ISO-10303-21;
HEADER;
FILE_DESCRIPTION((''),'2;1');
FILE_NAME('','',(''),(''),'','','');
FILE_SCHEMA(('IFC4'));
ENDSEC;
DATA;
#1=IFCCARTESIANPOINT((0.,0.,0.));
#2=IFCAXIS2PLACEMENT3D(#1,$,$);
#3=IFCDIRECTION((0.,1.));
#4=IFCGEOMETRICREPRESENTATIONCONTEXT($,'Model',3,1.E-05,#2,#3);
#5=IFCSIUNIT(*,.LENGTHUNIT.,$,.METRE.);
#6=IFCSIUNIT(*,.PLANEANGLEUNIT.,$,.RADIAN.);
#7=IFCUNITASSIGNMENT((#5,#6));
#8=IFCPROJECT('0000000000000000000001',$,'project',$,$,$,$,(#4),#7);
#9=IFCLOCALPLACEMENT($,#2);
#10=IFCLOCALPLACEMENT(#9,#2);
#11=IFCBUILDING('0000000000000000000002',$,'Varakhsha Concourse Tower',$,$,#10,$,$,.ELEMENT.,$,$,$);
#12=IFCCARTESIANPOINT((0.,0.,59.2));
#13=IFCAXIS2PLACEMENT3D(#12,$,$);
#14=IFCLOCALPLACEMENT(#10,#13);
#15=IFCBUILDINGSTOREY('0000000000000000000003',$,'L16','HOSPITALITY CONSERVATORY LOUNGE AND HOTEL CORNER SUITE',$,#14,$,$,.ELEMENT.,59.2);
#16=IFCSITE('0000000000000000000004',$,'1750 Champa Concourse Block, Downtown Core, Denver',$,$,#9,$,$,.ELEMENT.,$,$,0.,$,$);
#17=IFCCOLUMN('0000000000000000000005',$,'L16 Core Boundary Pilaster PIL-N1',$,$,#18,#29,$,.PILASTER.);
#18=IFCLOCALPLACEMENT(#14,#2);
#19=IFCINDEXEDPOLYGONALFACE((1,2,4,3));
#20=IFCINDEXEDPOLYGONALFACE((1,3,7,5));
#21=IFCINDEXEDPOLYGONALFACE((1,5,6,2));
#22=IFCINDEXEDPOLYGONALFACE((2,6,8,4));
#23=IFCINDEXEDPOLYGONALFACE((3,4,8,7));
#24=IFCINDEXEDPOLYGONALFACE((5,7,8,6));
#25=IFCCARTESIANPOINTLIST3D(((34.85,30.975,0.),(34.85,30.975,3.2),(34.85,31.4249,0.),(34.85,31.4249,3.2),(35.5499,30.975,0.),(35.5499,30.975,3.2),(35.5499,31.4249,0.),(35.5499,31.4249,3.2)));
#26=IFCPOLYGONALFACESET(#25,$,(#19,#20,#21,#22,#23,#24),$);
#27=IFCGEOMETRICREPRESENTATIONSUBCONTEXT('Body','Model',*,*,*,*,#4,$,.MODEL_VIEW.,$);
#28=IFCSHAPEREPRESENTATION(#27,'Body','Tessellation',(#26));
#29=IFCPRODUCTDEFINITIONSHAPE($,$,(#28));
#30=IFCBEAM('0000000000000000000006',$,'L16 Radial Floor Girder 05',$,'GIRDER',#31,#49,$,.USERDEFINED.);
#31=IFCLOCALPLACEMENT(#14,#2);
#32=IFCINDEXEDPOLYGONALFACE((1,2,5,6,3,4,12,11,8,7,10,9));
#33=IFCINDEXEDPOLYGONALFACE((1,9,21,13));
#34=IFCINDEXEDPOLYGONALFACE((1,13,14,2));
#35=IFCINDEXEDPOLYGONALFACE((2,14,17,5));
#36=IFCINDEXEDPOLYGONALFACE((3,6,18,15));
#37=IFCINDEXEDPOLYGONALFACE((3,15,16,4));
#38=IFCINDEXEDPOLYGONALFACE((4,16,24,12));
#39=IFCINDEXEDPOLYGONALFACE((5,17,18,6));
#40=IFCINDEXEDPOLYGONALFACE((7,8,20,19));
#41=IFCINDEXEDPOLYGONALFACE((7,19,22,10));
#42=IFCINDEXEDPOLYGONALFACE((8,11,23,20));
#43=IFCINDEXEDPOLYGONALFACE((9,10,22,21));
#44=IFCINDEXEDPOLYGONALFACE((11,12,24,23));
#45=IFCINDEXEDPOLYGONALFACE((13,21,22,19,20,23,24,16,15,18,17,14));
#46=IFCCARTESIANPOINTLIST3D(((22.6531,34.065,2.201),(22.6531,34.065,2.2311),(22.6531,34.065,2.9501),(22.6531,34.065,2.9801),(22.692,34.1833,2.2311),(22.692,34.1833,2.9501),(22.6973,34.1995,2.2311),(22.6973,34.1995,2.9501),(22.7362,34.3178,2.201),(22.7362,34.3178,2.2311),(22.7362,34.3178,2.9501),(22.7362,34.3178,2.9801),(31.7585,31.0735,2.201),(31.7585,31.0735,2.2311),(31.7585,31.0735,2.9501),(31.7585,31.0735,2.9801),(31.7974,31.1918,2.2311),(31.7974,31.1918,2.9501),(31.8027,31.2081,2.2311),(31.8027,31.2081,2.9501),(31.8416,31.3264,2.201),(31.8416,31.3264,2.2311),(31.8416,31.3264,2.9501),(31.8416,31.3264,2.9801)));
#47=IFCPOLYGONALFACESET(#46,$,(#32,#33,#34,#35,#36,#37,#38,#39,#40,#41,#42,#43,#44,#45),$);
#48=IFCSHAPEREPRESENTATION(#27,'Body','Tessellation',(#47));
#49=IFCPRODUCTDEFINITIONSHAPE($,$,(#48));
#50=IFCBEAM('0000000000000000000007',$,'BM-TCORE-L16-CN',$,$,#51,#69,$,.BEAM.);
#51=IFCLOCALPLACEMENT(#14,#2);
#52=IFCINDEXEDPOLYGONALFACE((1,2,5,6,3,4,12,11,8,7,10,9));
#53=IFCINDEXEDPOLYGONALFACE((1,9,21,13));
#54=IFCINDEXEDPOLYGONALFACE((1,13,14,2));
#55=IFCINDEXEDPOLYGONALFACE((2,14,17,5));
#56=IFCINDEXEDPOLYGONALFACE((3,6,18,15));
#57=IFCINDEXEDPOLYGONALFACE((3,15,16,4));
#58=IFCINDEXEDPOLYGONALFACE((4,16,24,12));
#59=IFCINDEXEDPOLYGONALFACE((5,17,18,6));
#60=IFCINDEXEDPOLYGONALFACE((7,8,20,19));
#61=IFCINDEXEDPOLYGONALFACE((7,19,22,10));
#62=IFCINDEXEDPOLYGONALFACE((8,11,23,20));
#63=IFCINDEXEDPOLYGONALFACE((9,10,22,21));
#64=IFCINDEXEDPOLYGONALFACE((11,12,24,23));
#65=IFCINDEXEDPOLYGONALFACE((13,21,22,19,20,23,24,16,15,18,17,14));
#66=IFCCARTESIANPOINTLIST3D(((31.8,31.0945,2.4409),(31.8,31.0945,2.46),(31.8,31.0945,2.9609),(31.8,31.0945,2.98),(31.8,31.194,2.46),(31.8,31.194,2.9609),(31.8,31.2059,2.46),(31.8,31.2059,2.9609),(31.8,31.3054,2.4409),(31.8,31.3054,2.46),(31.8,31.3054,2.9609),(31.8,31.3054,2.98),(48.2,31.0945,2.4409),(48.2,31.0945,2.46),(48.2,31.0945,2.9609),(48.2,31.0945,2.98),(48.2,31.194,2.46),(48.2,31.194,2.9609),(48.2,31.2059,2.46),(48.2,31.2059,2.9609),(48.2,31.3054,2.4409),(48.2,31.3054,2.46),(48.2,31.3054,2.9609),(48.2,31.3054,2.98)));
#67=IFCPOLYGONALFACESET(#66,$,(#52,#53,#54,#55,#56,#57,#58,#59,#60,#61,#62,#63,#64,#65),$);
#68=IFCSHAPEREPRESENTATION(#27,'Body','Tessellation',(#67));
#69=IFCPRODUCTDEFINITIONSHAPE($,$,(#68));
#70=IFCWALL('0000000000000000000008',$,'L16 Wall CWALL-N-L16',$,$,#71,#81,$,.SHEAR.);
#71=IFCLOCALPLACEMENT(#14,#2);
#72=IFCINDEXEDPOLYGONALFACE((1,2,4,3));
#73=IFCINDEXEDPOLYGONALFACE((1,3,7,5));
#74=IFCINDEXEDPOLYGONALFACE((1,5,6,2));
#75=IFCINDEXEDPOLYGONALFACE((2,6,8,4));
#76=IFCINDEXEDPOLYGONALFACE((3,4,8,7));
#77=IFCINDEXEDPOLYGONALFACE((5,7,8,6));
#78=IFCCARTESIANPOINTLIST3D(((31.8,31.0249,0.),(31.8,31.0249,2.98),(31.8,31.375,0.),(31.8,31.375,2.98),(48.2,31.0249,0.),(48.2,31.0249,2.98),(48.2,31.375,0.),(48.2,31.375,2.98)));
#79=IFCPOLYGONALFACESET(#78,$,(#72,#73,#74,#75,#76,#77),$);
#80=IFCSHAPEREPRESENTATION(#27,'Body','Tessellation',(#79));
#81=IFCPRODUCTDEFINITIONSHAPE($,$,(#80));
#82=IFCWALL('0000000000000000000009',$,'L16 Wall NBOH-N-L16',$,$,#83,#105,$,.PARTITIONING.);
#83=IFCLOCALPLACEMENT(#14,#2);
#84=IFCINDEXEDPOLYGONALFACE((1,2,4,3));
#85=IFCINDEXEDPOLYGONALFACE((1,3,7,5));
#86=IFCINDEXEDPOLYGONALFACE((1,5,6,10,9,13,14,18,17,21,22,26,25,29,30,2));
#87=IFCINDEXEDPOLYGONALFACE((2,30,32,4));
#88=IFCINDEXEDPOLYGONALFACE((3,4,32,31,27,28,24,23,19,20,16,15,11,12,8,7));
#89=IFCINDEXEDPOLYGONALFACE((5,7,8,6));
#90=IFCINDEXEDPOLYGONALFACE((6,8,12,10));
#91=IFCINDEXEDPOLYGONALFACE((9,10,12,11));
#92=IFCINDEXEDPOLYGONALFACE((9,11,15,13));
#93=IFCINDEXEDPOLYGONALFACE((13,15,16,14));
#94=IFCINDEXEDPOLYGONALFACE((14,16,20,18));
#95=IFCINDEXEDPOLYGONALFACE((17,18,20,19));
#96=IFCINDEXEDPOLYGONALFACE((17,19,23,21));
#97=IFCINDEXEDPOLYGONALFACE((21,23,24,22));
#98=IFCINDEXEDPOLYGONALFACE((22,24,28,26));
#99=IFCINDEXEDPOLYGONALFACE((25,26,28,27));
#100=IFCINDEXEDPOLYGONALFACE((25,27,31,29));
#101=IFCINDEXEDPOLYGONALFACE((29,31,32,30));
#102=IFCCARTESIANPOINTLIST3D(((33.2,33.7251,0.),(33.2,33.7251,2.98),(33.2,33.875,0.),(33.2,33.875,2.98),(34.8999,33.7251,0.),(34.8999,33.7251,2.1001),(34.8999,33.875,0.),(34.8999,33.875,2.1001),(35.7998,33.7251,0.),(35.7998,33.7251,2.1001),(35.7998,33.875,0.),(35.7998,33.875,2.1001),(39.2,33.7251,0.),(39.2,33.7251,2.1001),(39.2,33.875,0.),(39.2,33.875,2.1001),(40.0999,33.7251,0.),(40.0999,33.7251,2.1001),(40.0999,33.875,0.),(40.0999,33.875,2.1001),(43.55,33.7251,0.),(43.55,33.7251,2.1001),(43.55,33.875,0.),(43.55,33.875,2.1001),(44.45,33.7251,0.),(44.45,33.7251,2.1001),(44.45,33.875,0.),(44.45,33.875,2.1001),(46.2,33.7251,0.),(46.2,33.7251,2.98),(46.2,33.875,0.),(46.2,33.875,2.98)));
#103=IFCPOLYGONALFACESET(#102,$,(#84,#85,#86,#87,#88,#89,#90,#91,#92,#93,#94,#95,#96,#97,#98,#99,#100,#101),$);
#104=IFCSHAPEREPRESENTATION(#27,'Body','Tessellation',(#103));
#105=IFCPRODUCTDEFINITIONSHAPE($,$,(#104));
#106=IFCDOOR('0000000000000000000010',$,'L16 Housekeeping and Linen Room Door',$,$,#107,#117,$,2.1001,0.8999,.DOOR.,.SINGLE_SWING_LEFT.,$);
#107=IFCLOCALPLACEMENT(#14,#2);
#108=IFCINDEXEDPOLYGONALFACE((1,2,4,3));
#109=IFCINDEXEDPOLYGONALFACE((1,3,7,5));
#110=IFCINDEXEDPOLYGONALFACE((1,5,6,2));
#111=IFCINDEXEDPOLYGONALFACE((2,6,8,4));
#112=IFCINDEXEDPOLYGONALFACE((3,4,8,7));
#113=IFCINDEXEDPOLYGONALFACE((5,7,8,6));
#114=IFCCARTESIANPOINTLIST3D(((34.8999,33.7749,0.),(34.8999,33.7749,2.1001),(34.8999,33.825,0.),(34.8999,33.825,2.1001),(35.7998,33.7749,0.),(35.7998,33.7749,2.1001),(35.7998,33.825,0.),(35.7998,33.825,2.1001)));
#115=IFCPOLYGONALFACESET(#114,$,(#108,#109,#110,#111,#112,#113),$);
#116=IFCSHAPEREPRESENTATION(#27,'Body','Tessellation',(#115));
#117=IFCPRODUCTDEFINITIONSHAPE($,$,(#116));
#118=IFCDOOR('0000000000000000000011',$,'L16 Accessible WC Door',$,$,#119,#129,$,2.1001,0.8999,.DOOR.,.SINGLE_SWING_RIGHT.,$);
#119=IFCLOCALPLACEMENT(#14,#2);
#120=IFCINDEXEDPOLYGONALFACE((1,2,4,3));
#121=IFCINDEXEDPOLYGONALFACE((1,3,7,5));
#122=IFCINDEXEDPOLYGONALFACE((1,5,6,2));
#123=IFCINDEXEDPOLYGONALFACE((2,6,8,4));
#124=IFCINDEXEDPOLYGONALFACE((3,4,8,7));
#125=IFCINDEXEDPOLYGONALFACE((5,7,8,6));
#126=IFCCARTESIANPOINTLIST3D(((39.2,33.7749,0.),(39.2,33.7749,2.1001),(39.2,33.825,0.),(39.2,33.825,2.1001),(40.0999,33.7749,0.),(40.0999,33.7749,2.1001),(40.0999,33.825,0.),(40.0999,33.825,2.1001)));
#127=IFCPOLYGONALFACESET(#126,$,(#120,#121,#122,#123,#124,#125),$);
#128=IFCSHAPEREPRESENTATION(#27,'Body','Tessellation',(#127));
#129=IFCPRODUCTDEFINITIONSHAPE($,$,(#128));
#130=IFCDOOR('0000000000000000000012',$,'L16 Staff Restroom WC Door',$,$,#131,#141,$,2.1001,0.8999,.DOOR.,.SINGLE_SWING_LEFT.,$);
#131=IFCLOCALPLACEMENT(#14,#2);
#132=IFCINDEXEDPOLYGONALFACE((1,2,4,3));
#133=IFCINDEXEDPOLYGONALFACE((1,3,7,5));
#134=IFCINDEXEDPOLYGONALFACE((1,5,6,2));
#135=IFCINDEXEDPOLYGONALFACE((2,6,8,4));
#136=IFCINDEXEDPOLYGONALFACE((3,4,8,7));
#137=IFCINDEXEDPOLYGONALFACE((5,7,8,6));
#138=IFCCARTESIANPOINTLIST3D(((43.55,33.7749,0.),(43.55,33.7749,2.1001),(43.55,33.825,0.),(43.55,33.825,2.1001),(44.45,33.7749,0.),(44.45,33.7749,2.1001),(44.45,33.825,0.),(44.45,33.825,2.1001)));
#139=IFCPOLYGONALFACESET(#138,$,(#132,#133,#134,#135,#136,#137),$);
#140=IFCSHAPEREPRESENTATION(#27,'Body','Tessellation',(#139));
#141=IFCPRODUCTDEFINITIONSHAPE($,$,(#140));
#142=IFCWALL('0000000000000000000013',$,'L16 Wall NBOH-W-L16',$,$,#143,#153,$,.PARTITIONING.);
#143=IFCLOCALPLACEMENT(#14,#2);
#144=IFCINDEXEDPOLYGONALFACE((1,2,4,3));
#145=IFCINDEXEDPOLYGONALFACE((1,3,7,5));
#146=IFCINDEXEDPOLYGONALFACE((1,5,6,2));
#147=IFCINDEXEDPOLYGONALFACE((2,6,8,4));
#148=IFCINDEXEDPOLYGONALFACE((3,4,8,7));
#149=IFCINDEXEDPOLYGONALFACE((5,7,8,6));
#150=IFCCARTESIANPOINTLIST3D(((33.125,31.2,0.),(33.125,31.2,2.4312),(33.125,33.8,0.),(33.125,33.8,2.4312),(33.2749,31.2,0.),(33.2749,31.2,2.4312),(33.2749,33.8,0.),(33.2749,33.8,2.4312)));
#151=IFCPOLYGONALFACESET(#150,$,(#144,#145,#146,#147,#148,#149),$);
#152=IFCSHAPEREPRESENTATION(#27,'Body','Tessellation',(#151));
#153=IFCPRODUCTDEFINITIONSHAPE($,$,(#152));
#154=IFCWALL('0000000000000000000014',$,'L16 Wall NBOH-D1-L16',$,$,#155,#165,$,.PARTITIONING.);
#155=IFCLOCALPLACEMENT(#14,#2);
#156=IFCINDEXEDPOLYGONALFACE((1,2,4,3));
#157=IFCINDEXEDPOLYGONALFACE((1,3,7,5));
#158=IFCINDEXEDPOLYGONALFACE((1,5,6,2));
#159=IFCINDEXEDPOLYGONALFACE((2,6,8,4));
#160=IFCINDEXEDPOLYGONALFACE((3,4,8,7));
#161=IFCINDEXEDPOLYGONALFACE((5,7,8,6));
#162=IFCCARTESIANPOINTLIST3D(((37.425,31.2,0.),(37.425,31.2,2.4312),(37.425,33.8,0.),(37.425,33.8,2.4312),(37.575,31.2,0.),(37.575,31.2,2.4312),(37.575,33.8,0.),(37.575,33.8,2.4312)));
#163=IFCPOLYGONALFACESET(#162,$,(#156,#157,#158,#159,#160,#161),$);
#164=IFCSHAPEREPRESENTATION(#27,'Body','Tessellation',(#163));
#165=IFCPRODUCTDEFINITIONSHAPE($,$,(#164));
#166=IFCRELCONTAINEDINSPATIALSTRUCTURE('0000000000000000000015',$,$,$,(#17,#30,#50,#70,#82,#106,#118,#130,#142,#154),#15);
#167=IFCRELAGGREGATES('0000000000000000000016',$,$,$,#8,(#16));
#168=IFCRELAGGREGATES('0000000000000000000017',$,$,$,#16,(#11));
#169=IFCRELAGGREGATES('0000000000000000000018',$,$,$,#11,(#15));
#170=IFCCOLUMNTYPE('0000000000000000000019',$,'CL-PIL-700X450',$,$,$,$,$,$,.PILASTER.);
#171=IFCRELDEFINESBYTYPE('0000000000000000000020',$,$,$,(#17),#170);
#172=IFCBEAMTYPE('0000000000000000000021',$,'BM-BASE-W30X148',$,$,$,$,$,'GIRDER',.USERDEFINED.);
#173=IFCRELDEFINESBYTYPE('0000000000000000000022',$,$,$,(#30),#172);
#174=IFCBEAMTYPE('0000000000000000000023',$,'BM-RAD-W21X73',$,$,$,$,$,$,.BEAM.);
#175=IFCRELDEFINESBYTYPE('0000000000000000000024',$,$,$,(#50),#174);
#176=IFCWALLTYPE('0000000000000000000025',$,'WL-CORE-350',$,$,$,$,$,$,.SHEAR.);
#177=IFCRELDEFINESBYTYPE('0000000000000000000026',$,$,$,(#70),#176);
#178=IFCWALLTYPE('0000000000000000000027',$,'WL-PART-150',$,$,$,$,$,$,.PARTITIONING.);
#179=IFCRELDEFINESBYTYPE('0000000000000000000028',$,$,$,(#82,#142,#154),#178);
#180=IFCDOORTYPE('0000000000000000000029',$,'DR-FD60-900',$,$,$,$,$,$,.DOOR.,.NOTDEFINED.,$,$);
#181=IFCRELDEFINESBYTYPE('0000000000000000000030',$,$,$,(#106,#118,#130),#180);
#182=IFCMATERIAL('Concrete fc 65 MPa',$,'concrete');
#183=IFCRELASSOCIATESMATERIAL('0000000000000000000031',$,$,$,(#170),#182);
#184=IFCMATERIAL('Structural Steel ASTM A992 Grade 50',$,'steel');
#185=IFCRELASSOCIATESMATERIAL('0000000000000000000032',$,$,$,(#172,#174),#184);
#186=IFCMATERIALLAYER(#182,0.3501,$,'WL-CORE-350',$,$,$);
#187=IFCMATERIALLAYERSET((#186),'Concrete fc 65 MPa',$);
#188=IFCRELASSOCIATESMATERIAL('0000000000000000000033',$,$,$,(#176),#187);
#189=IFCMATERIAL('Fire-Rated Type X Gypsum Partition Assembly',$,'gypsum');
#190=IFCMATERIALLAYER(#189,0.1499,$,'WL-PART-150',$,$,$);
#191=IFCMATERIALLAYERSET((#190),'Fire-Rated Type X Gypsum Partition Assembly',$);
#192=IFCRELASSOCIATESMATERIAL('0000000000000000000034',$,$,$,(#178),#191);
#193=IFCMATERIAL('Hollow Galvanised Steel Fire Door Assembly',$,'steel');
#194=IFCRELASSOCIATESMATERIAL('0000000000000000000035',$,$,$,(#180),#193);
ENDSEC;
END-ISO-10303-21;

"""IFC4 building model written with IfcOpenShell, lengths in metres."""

from ifc_helpers import new_model, si_unit, direction, frame, frame_2d, origin, origin_2d, place, context, subcontext, project, spatial, rectangle, i_section, extrude, material, layer, layer_set, material_profile, profile_set, type_object, element, fill, save


model = new_model("IFC4")

# Units and contexts
model_context = context("Model", 3, precision=1e-05, world=origin(), true_north=direction((0.0, 1.0)))
body_context = subcontext(model_context, "Body", "Model", "MODEL_VIEW")
ifc_project = project(units=[si_unit("LENGTHUNIT", "METRE"), si_unit("PLANEANGLEUNIT", "RADIAN")], contexts=[model_context])

# Site, building, storey
site_placement = place(None, origin())
site = spatial("IfcSite", under=ifc_project, at=site_placement, Name="1750 Champa Concourse Block, Downtown Core, Denver", CompositionType="ELEMENT", RefElevation=0.0)
building_placement = place(site_placement, origin())
building = spatial("IfcBuilding", under=site, at=building_placement, Name="Varakhsha Concourse Tower", CompositionType="ELEMENT")
storey_placement = place(building_placement, frame((0.0, 0.0, 59.2)))
storey = spatial("IfcBuildingStorey", under=building, at=storey_placement, Name="L16", Description="HOSPITALITY CONSERVATORY LOUNGE AND HOTEL CORNER SUITE", CompositionType="ELEMENT", Elevation=59.2)

# Column
ifc_material_1 = material(Name="Concrete fc 65 MPa", Category="concrete")
ifc_material_profile_1 = material_profile(ifc_material_1, rectangle(XDim=0.7, YDim=0.45, at=origin_2d()), Name="RC 700x450")
ifc_profile_set_1 = profile_set([ifc_material_profile_1], Name="Concrete fc 65 MPa")
column_type = type_object("IfcColumnType", Name="CL-PIL-700X450", PredefinedType="PILASTER", material=ifc_profile_set_1)
column_placement = place(storey_placement, frame((35.2, 31.2, 0.0), z_axis=(0.0, 0.0, 1.0), x_axis=(1.0, 0.0, 0.0)))
element("IfcColumn", 1, at=column_placement, inside=storey, type_object=column_type, Name="L16 Core Boundary Pilaster PIL-N1", PredefinedType="PILASTER", context=body_context, shape_type="SweptSolid", body=[
    extrude(rectangle(XDim=0.7, YDim=0.45, at=origin_2d()), origin(), (0.0, 0.0, 1.0), 3.2),
])

# Beams
ifc_material_2 = material(Name="Structural Steel ASTM A992 Grade 50", Category="steel")
ifc_material_profile_2 = material_profile(ifc_material_2, i_section(OverallWidth=0.2661, OverallDepth=0.7791, WebThickness=0.0171, FlangeThickness=0.03, at=origin_2d()), Name="W30X148")
ifc_profile_set_2 = profile_set([ifc_material_profile_2], Name="Structural Steel ASTM A992 Grade 50")
beam_type_1 = type_object("IfcBeamType", Name="BM-BASE-W30X148", ElementType="GIRDER", PredefinedType="USERDEFINED", material=ifc_profile_set_2)
beam_1_placement = place(storey_placement, frame((31.8, 31.2, 2.5906), z_axis=(-0.950042, 0.312121, 0.0), x_axis=(-0.312121, -0.950042, 0.0)))
element("IfcBeam", 2, at=beam_1_placement, inside=storey, type_object=beam_type_1, Name="L16 Radial Floor Girder 05", ObjectType="GIRDER", PredefinedType="USERDEFINED", context=body_context, shape_type="SweptSolid", body=[
    extrude(i_section(OverallWidth=0.2661, OverallDepth=0.7791, WebThickness=0.0171, FlangeThickness=0.03, at=origin_2d()), origin(), (0.0, 0.0, 1.0), 9.5842),
])
ifc_material_profile_3 = material_profile(ifc_material_2, i_section(OverallWidth=0.2109, OverallDepth=0.5391, WebThickness=0.012, FlangeThickness=0.019, at=origin_2d()), Name="W21X73")
ifc_profile_set_3 = profile_set([ifc_material_profile_3], Name="Structural Steel ASTM A992 Grade 50")
beam_type_2 = type_object("IfcBeamType", Name="BM-RAD-W21X73", PredefinedType="BEAM", material=ifc_profile_set_3)
beam_2_placement = place(storey_placement, frame((31.8, 31.2, 2.7104), z_axis=(1.0, 0.0, 0.0), x_axis=(0.0, 1.0, 0.0)))
element("IfcBeam", 3, at=beam_2_placement, inside=storey, type_object=beam_type_2, Name="BM-TCORE-L16-CN", PredefinedType="BEAM", context=body_context, shape_type="SweptSolid", body=[
    extrude(i_section(OverallWidth=0.2109, OverallDepth=0.5391, WebThickness=0.012, FlangeThickness=0.019, at=origin_2d()), origin(), (0.0, 0.0, 1.0), 16.3999),
])

# Wall
ifc_layer_1 = layer(ifc_material_1, 0.3501, Name="WL-CORE-350")
ifc_layer_set_1 = layer_set([ifc_layer_1], Name="Concrete fc 65 MPa")
wall_type_1 = type_object("IfcWallType", Name="WL-CORE-350", PredefinedType="SHEAR", material=ifc_layer_set_1)
wall_1_placement = place(storey_placement, frame((31.8, 31.2, 0.0), z_axis=(0.0, 0.0, 1.0), x_axis=(1.0, 0.0, 0.0)))
element("IfcWall", 4, at=wall_1_placement, inside=storey, type_object=wall_type_1, Name="L16 Wall CWALL-N-L16", PredefinedType="SHEAR", context=body_context, shape_type="SweptSolid", body=[
    extrude(rectangle(XDim=16.3999, YDim=0.3501, at=frame_2d((8.2, 0.0))), origin(), (0.0, 0.0, 1.0), 2.98),
])

# Wall, openings, doors
ifc_material_3 = material(Name="Fire-Rated Type X Gypsum Partition Assembly", Category="gypsum")
ifc_layer_2 = layer(ifc_material_3, 0.1499, Name="WL-PART-150")
ifc_layer_set_2 = layer_set([ifc_layer_2], Name="Fire-Rated Type X Gypsum Partition Assembly")
wall_type_2 = type_object("IfcWallType", Name="WL-PART-150", PredefinedType="PARTITIONING", material=ifc_layer_set_2)
wall_2_placement = place(storey_placement, frame((33.2, 33.8, 0.0), z_axis=(0.0, 0.0, 1.0), x_axis=(1.0, 0.0, 0.0)))
wall_2 = element("IfcWall", 5, at=wall_2_placement, inside=storey, type_object=wall_type_2, Name="L16 Wall NBOH-N-L16", PredefinedType="PARTITIONING", context=body_context, shape_type="SweptSolid", body=[
    extrude(rectangle(XDim=13.0, YDim=0.1499, at=frame_2d((6.5, 0.0))), origin(), (0.0, 0.0, 1.0), 2.98),
])
opening_1_placement = place(wall_2_placement, frame((1.7, 0.0, 0.0)))
opening_1 = element("IfcOpeningElement", 6, at=opening_1_placement, cuts=wall_2, PredefinedType="OPENING", context=body_context, shape_type="SweptSolid", body=[
    extrude(rectangle(XDim=0.8999, YDim=2.1001, at=frame_2d((0.45, 1.05))), frame((0.0, 0.085, 0.0), z_axis=(0.0, -1.0, 0.0), x_axis=(1.0, 0.0, 0.0)), (0.0, 0.0, 1.0), 0.1699),
])
opening_2_placement = place(wall_2_placement, frame((6.0, 0.0, 0.0)))
opening_2 = element("IfcOpeningElement", 7, at=opening_2_placement, cuts=wall_2, PredefinedType="OPENING", context=body_context, shape_type="SweptSolid", body=[
    extrude(rectangle(XDim=0.8999, YDim=2.1001, at=frame_2d((0.45, 1.05))), frame((0.0, 0.085, 0.0), z_axis=(0.0, -1.0, 0.0), x_axis=(1.0, 0.0, 0.0)), (0.0, 0.0, 1.0), 0.1699),
])
opening_3_placement = place(wall_2_placement, frame((10.3501, 0.0, 0.0)))
opening_3 = element("IfcOpeningElement", 8, at=opening_3_placement, cuts=wall_2, PredefinedType="OPENING", context=body_context, shape_type="SweptSolid", body=[
    extrude(rectangle(XDim=0.8999, YDim=2.1001, at=frame_2d((0.45, 1.05))), frame((0.0, 0.085, 0.0), z_axis=(0.0, -1.0, 0.0), x_axis=(1.0, 0.0, 0.0)), (0.0, 0.0, 1.0), 0.1699),
])
ifc_material_4 = material(Name="Hollow Galvanised Steel Fire Door Assembly", Category="steel")
door_type_1 = type_object("IfcDoorType", Name="DR-FD60-900", OperationType="NOTDEFINED", PredefinedType="DOOR", material=ifc_material_4)
door_1_placement = place(opening_1_placement, origin())
door_1 = element("IfcDoor", 9, at=door_1_placement, inside=storey, type_object=door_type_1, Name="L16 Housekeeping and Linen Room Door", OperationType="SINGLE_SWING_LEFT", OverallHeight=2.1001, OverallWidth=0.8999, PredefinedType="DOOR", context=body_context, shape_type="SweptSolid", body=[
    extrude(rectangle(XDim=0.8999, YDim=2.1001, at=frame_2d((0.45, 1.05))), frame((0.0, 0.0249, 0.0), z_axis=(0.0, -1.0, 0.0), x_axis=(1.0, 0.0, 0.0)), (0.0, 0.0, 1.0), 0.05),
])
fill(opening_1, door_1)
door_2_placement = place(opening_2_placement, origin())
door_2 = element("IfcDoor", 10, at=door_2_placement, inside=storey, type_object=door_type_1, Name="L16 Accessible WC Door", OperationType="SINGLE_SWING_RIGHT", OverallHeight=2.1001, OverallWidth=0.8999, PredefinedType="DOOR", context=body_context, shape_type="SweptSolid", body=[
    extrude(rectangle(XDim=0.8999, YDim=2.1001, at=frame_2d((0.45, 1.05))), frame((0.0, 0.0249, 0.0), z_axis=(0.0, -1.0, 0.0), x_axis=(1.0, 0.0, 0.0)), (0.0, 0.0, 1.0), 0.05),
])
fill(opening_2, door_2)
door_3_placement = place(opening_3_placement, origin())
door_3 = element("IfcDoor", 11, at=door_3_placement, inside=storey, type_object=door_type_1, Name="L16 Staff Restroom WC Door", OperationType="SINGLE_SWING_LEFT", OverallHeight=2.1001, OverallWidth=0.8999, PredefinedType="DOOR", context=body_context, shape_type="SweptSolid", body=[
    extrude(rectangle(XDim=0.8999, YDim=2.1001, at=frame_2d((0.45, 1.05))), frame((0.0, 0.0249, 0.0), z_axis=(0.0, -1.0, 0.0), x_axis=(1.0, 0.0, 0.0)), (0.0, 0.0, 1.0), 0.05),
])
fill(opening_3, door_3)

# Walls
for number, where, z_axis, x_axis, name in (
    (12, (33.2, 31.2, 0.0), (0.0, 0.0, 1.0), (0.0, 1.0, 0.0), "L16 Wall NBOH-W-L16"),
    (13, (37.5, 31.2, 0.0), (0.0, 0.0, 1.0), (0.0, 1.0, 0.0), "L16 Wall NBOH-D1-L16"),
):
    element("IfcWall", number, at=place(storey_placement, frame(where, z_axis=z_axis, x_axis=x_axis)), inside=storey, type_object=wall_type_2, Name=name, PredefinedType="PARTITIONING", context=body_context, shape_type="SweptSolid", body=[
        extrude(rectangle(XDim=2.6001, YDim=0.1499, at=frame_2d((1.3, 0.0))), origin(), (0.0, 0.0, 1.0), 2.4312),
    ])

save(model, "model.ifc")
